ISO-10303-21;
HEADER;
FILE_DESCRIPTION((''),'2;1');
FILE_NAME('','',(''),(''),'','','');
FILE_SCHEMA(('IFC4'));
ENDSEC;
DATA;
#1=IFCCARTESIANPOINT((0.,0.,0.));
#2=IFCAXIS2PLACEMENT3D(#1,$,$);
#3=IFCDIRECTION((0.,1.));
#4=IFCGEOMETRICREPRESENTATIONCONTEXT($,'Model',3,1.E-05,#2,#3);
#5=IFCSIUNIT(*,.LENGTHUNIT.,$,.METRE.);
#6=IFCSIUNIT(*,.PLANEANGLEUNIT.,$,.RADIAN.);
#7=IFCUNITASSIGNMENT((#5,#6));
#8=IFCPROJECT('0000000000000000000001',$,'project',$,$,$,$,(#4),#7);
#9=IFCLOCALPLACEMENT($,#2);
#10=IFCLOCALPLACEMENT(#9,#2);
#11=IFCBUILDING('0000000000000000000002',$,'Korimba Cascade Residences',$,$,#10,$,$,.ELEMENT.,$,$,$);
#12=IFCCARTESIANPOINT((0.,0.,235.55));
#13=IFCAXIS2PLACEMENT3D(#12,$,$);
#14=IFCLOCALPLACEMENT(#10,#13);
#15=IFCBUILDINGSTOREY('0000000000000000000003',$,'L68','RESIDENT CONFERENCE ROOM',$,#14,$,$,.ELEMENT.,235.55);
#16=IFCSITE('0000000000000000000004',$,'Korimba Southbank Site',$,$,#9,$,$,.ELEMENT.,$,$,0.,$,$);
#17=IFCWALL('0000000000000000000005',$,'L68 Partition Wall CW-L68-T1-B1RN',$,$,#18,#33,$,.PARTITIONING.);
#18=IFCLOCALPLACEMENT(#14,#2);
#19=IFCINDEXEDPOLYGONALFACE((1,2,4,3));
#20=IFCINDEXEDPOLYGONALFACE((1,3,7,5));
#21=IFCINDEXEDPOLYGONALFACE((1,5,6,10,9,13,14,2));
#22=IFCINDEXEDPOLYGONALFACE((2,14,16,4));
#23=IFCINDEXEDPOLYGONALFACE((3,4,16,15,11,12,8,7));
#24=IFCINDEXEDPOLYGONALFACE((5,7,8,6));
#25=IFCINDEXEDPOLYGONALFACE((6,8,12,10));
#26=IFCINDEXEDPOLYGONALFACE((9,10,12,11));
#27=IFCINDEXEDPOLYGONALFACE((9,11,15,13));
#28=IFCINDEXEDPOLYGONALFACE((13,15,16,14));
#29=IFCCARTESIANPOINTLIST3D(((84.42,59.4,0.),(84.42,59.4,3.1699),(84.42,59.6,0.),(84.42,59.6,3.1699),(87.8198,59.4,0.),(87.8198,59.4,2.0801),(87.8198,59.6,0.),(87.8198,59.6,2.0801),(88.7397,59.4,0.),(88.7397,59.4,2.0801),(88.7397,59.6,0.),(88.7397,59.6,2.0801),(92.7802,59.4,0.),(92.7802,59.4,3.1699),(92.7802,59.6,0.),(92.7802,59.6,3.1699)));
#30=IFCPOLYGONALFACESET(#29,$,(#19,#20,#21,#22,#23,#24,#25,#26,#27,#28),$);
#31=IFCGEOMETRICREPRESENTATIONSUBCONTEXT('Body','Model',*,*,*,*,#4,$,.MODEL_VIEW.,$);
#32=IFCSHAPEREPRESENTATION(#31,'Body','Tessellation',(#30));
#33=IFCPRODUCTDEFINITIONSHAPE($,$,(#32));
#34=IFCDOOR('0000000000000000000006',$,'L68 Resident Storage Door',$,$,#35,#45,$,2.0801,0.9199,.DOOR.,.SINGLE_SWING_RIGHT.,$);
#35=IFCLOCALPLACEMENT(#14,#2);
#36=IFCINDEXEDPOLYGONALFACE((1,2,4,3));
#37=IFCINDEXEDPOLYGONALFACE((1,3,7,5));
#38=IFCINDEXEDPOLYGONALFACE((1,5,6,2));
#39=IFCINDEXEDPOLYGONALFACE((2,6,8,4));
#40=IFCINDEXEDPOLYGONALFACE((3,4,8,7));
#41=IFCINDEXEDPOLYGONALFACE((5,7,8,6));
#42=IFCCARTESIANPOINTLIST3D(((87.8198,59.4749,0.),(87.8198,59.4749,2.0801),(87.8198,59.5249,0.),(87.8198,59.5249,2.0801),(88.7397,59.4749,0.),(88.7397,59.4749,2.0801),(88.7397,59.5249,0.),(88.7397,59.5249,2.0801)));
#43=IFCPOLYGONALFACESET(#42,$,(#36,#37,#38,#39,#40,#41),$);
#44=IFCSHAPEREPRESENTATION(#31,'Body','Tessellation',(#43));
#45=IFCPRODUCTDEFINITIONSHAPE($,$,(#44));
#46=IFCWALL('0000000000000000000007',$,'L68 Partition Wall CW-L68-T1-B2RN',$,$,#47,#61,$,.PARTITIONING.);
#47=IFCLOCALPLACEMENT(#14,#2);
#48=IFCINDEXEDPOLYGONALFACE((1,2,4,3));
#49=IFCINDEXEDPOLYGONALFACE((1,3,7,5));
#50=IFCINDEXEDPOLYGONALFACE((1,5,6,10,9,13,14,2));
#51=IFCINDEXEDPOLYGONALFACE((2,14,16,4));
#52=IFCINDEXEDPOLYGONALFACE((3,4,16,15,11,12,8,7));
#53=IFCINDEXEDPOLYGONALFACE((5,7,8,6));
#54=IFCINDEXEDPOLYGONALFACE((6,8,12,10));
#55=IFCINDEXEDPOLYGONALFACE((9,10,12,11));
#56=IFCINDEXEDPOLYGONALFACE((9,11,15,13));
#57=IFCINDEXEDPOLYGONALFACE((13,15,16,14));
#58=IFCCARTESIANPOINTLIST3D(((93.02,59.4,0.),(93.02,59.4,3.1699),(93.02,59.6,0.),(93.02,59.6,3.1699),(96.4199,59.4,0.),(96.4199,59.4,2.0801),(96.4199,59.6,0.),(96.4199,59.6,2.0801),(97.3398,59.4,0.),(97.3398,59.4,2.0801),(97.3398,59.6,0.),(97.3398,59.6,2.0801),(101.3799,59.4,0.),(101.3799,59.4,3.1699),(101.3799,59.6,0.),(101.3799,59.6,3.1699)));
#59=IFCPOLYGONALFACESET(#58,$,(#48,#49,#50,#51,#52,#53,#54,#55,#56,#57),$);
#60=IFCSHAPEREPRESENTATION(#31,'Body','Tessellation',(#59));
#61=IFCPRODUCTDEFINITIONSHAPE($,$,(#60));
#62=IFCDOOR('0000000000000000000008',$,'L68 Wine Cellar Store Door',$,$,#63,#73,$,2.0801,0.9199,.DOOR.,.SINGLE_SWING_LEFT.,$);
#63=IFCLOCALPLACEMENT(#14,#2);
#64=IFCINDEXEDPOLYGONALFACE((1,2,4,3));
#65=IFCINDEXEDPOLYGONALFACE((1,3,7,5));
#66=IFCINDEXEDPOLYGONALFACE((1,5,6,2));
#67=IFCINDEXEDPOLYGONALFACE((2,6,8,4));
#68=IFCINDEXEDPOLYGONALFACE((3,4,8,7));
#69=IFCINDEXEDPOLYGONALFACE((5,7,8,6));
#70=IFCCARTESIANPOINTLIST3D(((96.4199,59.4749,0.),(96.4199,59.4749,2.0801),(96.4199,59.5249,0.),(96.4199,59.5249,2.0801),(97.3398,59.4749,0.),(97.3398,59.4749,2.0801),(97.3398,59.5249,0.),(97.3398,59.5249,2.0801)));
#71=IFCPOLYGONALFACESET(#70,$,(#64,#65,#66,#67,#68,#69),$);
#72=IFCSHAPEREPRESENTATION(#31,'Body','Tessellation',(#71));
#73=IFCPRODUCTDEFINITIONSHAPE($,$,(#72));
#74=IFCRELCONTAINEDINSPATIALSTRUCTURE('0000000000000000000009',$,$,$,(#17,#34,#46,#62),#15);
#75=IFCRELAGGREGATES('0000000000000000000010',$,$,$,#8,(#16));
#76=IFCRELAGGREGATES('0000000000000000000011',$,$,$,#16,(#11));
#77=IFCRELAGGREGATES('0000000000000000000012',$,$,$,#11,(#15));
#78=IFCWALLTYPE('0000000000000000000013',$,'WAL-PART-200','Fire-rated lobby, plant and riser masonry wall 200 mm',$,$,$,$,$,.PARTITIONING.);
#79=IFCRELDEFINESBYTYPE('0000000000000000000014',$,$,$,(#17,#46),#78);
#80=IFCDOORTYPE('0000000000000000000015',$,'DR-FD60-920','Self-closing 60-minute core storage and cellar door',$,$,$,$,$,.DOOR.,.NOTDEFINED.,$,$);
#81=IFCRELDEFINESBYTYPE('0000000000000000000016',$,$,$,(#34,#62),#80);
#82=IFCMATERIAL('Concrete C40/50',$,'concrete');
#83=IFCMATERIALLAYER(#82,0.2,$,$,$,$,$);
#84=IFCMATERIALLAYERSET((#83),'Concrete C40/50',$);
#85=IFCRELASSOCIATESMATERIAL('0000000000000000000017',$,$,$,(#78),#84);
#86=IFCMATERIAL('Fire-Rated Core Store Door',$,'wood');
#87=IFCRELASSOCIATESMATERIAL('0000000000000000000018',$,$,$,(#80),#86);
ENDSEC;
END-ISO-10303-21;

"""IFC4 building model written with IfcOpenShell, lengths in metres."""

from ifc_helpers import new_model, si_unit, direction, frame, frame_2d, origin, place, context, subcontext, project, spatial, rectangle, extrude, material, layer, layer_set, type_object, element, fill, save


model = new_model("IFC4")

# Units and contexts
model_context = context("Model", 3, precision=1e-05, world=origin(), true_north=direction((0.0, 1.0)))
body_context = subcontext(model_context, "Body", "Model", "MODEL_VIEW")
ifc_project = project(units=[si_unit("LENGTHUNIT", "METRE"), si_unit("PLANEANGLEUNIT", "RADIAN")], contexts=[model_context])

# Site, building, storey
site_placement = place(None, origin())
site = spatial("IfcSite", under=ifc_project, at=site_placement, Name="Korimba Southbank Site", CompositionType="ELEMENT", RefElevation=0.0)
building_placement = place(site_placement, origin())
building = spatial("IfcBuilding", under=site, at=building_placement, Name="Korimba Cascade Residences", CompositionType="ELEMENT")
storey_placement = place(building_placement, frame((0.0, 0.0, 235.55)))
storey = spatial("IfcBuildingStorey", under=building, at=storey_placement, Name="L68", Description="RESIDENT CONFERENCE ROOM", CompositionType="ELEMENT", Elevation=235.55)

# Shared definitions
ifc_material_1 = material(Name="Concrete C40/50", Category="concrete")
ifc_layer_1 = layer(ifc_material_1, 0.2)
ifc_layer_set_1 = layer_set([ifc_layer_1], Name="Concrete C40/50")
wall_type_1 = type_object("IfcWallType", Name="WAL-PART-200", Description="Fire-rated lobby, plant and riser masonry wall 200 mm", PredefinedType="PARTITIONING", material=ifc_layer_set_1)

# Walls, openings, doors
wall_1_placement = place(storey_placement, frame((84.4199, 59.5, 0.0), z_axis=(0.0, 0.0, 1.0), x_axis=(1.0, 0.0, 0.0)))
wall_1 = element("IfcWall", 1, at=wall_1_placement, inside=storey, type_object=wall_type_1, Name="L68 Partition Wall CW-L68-T1-B1RN", PredefinedType="PARTITIONING", context=body_context, shape_type="SweptSolid", body=[
    extrude(rectangle(XDim=8.3601, YDim=0.2, at=frame_2d((4.1802, 0.0))), origin(), (0.0, 0.0, 1.0), 3.1699),
])
opening_1_placement = place(wall_1_placement, frame((3.3999, 0.0, 0.0)))
opening_1 = element("IfcOpeningElement", 2, at=opening_1_placement, cuts=wall_1, PredefinedType="OPENING", context=body_context, shape_type="SweptSolid", body=[
    extrude(rectangle(XDim=0.9199, YDim=2.0801, at=frame_2d((0.46, 1.04))), frame((0.0, 0.1099, 0.0), z_axis=(0.0, -1.0, 0.0), x_axis=(1.0, 0.0, 0.0)), (0.0, 0.0, 1.0), 0.22),
])
ifc_material_2 = material(Name="Fire-Rated Core Store Door", Category="wood")
door_type_1 = type_object("IfcDoorType", Name="DR-FD60-920", Description="Self-closing 60-minute core storage and cellar door", OperationType="NOTDEFINED", PredefinedType="DOOR", material=ifc_material_2)
door_1_placement = place(opening_1_placement, origin())
door_1 = element("IfcDoor", 3, at=door_1_placement, inside=storey, type_object=door_type_1, Name="L68 Resident Storage Door", OperationType="SINGLE_SWING_RIGHT", OverallHeight=2.0801, OverallWidth=0.9199, PredefinedType="DOOR", context=body_context, shape_type="SweptSolid", body=[
    extrude(rectangle(XDim=0.9199, YDim=2.0801, at=frame_2d((0.46, 1.04))), frame((0.0, 0.0249, 0.0), z_axis=(0.0, -1.0, 0.0), x_axis=(1.0, 0.0, 0.0)), (0.0, 0.0, 1.0), 0.05),
])
fill(opening_1, door_1)
wall_2_placement = place(storey_placement, frame((93.02, 59.5, 0.0), z_axis=(0.0, 0.0, 1.0), x_axis=(1.0, 0.0, 0.0)))
wall_2 = element("IfcWall", 4, at=wall_2_placement, inside=storey, type_object=wall_type_1, Name="L68 Partition Wall CW-L68-T1-B2RN", PredefinedType="PARTITIONING", context=body_context, shape_type="SweptSolid", body=[
    extrude(rectangle(XDim=8.3599, YDim=0.2, at=frame_2d((4.1799, 0.0))), origin(), (0.0, 0.0, 1.0), 3.1699),
])
opening_2_placement = place(wall_2_placement, frame((3.3999, 0.0, 0.0)))
opening_2 = element("IfcOpeningElement", 5, at=opening_2_placement, cuts=wall_2, PredefinedType="OPENING", context=body_context, shape_type="SweptSolid", body=[
    extrude(rectangle(XDim=0.9199, YDim=2.0801, at=frame_2d((0.46, 1.04))), frame((0.0, 0.1099, 0.0), z_axis=(0.0, -1.0, 0.0), x_axis=(1.0, 0.0, 0.0)), (0.0, 0.0, 1.0), 0.22),
])
door_2_placement = place(opening_2_placement, origin())
door_2 = element("IfcDoor", 6, at=door_2_placement, inside=storey, type_object=door_type_1, Name="L68 Wine Cellar Store Door", OperationType="SINGLE_SWING_LEFT", OverallHeight=2.0801, OverallWidth=0.9199, PredefinedType="DOOR", context=body_context, shape_type="SweptSolid", body=[
    extrude(rectangle(XDim=0.9199, YDim=2.0801, at=frame_2d((0.46, 1.04))), frame((0.0, 0.0249, 0.0), z_axis=(0.0, -1.0, 0.0), x_axis=(1.0, 0.0, 0.0)), (0.0, 0.0, 1.0), 0.05),
])
fill(opening_2, door_2)

save(model, "model.ifc")
